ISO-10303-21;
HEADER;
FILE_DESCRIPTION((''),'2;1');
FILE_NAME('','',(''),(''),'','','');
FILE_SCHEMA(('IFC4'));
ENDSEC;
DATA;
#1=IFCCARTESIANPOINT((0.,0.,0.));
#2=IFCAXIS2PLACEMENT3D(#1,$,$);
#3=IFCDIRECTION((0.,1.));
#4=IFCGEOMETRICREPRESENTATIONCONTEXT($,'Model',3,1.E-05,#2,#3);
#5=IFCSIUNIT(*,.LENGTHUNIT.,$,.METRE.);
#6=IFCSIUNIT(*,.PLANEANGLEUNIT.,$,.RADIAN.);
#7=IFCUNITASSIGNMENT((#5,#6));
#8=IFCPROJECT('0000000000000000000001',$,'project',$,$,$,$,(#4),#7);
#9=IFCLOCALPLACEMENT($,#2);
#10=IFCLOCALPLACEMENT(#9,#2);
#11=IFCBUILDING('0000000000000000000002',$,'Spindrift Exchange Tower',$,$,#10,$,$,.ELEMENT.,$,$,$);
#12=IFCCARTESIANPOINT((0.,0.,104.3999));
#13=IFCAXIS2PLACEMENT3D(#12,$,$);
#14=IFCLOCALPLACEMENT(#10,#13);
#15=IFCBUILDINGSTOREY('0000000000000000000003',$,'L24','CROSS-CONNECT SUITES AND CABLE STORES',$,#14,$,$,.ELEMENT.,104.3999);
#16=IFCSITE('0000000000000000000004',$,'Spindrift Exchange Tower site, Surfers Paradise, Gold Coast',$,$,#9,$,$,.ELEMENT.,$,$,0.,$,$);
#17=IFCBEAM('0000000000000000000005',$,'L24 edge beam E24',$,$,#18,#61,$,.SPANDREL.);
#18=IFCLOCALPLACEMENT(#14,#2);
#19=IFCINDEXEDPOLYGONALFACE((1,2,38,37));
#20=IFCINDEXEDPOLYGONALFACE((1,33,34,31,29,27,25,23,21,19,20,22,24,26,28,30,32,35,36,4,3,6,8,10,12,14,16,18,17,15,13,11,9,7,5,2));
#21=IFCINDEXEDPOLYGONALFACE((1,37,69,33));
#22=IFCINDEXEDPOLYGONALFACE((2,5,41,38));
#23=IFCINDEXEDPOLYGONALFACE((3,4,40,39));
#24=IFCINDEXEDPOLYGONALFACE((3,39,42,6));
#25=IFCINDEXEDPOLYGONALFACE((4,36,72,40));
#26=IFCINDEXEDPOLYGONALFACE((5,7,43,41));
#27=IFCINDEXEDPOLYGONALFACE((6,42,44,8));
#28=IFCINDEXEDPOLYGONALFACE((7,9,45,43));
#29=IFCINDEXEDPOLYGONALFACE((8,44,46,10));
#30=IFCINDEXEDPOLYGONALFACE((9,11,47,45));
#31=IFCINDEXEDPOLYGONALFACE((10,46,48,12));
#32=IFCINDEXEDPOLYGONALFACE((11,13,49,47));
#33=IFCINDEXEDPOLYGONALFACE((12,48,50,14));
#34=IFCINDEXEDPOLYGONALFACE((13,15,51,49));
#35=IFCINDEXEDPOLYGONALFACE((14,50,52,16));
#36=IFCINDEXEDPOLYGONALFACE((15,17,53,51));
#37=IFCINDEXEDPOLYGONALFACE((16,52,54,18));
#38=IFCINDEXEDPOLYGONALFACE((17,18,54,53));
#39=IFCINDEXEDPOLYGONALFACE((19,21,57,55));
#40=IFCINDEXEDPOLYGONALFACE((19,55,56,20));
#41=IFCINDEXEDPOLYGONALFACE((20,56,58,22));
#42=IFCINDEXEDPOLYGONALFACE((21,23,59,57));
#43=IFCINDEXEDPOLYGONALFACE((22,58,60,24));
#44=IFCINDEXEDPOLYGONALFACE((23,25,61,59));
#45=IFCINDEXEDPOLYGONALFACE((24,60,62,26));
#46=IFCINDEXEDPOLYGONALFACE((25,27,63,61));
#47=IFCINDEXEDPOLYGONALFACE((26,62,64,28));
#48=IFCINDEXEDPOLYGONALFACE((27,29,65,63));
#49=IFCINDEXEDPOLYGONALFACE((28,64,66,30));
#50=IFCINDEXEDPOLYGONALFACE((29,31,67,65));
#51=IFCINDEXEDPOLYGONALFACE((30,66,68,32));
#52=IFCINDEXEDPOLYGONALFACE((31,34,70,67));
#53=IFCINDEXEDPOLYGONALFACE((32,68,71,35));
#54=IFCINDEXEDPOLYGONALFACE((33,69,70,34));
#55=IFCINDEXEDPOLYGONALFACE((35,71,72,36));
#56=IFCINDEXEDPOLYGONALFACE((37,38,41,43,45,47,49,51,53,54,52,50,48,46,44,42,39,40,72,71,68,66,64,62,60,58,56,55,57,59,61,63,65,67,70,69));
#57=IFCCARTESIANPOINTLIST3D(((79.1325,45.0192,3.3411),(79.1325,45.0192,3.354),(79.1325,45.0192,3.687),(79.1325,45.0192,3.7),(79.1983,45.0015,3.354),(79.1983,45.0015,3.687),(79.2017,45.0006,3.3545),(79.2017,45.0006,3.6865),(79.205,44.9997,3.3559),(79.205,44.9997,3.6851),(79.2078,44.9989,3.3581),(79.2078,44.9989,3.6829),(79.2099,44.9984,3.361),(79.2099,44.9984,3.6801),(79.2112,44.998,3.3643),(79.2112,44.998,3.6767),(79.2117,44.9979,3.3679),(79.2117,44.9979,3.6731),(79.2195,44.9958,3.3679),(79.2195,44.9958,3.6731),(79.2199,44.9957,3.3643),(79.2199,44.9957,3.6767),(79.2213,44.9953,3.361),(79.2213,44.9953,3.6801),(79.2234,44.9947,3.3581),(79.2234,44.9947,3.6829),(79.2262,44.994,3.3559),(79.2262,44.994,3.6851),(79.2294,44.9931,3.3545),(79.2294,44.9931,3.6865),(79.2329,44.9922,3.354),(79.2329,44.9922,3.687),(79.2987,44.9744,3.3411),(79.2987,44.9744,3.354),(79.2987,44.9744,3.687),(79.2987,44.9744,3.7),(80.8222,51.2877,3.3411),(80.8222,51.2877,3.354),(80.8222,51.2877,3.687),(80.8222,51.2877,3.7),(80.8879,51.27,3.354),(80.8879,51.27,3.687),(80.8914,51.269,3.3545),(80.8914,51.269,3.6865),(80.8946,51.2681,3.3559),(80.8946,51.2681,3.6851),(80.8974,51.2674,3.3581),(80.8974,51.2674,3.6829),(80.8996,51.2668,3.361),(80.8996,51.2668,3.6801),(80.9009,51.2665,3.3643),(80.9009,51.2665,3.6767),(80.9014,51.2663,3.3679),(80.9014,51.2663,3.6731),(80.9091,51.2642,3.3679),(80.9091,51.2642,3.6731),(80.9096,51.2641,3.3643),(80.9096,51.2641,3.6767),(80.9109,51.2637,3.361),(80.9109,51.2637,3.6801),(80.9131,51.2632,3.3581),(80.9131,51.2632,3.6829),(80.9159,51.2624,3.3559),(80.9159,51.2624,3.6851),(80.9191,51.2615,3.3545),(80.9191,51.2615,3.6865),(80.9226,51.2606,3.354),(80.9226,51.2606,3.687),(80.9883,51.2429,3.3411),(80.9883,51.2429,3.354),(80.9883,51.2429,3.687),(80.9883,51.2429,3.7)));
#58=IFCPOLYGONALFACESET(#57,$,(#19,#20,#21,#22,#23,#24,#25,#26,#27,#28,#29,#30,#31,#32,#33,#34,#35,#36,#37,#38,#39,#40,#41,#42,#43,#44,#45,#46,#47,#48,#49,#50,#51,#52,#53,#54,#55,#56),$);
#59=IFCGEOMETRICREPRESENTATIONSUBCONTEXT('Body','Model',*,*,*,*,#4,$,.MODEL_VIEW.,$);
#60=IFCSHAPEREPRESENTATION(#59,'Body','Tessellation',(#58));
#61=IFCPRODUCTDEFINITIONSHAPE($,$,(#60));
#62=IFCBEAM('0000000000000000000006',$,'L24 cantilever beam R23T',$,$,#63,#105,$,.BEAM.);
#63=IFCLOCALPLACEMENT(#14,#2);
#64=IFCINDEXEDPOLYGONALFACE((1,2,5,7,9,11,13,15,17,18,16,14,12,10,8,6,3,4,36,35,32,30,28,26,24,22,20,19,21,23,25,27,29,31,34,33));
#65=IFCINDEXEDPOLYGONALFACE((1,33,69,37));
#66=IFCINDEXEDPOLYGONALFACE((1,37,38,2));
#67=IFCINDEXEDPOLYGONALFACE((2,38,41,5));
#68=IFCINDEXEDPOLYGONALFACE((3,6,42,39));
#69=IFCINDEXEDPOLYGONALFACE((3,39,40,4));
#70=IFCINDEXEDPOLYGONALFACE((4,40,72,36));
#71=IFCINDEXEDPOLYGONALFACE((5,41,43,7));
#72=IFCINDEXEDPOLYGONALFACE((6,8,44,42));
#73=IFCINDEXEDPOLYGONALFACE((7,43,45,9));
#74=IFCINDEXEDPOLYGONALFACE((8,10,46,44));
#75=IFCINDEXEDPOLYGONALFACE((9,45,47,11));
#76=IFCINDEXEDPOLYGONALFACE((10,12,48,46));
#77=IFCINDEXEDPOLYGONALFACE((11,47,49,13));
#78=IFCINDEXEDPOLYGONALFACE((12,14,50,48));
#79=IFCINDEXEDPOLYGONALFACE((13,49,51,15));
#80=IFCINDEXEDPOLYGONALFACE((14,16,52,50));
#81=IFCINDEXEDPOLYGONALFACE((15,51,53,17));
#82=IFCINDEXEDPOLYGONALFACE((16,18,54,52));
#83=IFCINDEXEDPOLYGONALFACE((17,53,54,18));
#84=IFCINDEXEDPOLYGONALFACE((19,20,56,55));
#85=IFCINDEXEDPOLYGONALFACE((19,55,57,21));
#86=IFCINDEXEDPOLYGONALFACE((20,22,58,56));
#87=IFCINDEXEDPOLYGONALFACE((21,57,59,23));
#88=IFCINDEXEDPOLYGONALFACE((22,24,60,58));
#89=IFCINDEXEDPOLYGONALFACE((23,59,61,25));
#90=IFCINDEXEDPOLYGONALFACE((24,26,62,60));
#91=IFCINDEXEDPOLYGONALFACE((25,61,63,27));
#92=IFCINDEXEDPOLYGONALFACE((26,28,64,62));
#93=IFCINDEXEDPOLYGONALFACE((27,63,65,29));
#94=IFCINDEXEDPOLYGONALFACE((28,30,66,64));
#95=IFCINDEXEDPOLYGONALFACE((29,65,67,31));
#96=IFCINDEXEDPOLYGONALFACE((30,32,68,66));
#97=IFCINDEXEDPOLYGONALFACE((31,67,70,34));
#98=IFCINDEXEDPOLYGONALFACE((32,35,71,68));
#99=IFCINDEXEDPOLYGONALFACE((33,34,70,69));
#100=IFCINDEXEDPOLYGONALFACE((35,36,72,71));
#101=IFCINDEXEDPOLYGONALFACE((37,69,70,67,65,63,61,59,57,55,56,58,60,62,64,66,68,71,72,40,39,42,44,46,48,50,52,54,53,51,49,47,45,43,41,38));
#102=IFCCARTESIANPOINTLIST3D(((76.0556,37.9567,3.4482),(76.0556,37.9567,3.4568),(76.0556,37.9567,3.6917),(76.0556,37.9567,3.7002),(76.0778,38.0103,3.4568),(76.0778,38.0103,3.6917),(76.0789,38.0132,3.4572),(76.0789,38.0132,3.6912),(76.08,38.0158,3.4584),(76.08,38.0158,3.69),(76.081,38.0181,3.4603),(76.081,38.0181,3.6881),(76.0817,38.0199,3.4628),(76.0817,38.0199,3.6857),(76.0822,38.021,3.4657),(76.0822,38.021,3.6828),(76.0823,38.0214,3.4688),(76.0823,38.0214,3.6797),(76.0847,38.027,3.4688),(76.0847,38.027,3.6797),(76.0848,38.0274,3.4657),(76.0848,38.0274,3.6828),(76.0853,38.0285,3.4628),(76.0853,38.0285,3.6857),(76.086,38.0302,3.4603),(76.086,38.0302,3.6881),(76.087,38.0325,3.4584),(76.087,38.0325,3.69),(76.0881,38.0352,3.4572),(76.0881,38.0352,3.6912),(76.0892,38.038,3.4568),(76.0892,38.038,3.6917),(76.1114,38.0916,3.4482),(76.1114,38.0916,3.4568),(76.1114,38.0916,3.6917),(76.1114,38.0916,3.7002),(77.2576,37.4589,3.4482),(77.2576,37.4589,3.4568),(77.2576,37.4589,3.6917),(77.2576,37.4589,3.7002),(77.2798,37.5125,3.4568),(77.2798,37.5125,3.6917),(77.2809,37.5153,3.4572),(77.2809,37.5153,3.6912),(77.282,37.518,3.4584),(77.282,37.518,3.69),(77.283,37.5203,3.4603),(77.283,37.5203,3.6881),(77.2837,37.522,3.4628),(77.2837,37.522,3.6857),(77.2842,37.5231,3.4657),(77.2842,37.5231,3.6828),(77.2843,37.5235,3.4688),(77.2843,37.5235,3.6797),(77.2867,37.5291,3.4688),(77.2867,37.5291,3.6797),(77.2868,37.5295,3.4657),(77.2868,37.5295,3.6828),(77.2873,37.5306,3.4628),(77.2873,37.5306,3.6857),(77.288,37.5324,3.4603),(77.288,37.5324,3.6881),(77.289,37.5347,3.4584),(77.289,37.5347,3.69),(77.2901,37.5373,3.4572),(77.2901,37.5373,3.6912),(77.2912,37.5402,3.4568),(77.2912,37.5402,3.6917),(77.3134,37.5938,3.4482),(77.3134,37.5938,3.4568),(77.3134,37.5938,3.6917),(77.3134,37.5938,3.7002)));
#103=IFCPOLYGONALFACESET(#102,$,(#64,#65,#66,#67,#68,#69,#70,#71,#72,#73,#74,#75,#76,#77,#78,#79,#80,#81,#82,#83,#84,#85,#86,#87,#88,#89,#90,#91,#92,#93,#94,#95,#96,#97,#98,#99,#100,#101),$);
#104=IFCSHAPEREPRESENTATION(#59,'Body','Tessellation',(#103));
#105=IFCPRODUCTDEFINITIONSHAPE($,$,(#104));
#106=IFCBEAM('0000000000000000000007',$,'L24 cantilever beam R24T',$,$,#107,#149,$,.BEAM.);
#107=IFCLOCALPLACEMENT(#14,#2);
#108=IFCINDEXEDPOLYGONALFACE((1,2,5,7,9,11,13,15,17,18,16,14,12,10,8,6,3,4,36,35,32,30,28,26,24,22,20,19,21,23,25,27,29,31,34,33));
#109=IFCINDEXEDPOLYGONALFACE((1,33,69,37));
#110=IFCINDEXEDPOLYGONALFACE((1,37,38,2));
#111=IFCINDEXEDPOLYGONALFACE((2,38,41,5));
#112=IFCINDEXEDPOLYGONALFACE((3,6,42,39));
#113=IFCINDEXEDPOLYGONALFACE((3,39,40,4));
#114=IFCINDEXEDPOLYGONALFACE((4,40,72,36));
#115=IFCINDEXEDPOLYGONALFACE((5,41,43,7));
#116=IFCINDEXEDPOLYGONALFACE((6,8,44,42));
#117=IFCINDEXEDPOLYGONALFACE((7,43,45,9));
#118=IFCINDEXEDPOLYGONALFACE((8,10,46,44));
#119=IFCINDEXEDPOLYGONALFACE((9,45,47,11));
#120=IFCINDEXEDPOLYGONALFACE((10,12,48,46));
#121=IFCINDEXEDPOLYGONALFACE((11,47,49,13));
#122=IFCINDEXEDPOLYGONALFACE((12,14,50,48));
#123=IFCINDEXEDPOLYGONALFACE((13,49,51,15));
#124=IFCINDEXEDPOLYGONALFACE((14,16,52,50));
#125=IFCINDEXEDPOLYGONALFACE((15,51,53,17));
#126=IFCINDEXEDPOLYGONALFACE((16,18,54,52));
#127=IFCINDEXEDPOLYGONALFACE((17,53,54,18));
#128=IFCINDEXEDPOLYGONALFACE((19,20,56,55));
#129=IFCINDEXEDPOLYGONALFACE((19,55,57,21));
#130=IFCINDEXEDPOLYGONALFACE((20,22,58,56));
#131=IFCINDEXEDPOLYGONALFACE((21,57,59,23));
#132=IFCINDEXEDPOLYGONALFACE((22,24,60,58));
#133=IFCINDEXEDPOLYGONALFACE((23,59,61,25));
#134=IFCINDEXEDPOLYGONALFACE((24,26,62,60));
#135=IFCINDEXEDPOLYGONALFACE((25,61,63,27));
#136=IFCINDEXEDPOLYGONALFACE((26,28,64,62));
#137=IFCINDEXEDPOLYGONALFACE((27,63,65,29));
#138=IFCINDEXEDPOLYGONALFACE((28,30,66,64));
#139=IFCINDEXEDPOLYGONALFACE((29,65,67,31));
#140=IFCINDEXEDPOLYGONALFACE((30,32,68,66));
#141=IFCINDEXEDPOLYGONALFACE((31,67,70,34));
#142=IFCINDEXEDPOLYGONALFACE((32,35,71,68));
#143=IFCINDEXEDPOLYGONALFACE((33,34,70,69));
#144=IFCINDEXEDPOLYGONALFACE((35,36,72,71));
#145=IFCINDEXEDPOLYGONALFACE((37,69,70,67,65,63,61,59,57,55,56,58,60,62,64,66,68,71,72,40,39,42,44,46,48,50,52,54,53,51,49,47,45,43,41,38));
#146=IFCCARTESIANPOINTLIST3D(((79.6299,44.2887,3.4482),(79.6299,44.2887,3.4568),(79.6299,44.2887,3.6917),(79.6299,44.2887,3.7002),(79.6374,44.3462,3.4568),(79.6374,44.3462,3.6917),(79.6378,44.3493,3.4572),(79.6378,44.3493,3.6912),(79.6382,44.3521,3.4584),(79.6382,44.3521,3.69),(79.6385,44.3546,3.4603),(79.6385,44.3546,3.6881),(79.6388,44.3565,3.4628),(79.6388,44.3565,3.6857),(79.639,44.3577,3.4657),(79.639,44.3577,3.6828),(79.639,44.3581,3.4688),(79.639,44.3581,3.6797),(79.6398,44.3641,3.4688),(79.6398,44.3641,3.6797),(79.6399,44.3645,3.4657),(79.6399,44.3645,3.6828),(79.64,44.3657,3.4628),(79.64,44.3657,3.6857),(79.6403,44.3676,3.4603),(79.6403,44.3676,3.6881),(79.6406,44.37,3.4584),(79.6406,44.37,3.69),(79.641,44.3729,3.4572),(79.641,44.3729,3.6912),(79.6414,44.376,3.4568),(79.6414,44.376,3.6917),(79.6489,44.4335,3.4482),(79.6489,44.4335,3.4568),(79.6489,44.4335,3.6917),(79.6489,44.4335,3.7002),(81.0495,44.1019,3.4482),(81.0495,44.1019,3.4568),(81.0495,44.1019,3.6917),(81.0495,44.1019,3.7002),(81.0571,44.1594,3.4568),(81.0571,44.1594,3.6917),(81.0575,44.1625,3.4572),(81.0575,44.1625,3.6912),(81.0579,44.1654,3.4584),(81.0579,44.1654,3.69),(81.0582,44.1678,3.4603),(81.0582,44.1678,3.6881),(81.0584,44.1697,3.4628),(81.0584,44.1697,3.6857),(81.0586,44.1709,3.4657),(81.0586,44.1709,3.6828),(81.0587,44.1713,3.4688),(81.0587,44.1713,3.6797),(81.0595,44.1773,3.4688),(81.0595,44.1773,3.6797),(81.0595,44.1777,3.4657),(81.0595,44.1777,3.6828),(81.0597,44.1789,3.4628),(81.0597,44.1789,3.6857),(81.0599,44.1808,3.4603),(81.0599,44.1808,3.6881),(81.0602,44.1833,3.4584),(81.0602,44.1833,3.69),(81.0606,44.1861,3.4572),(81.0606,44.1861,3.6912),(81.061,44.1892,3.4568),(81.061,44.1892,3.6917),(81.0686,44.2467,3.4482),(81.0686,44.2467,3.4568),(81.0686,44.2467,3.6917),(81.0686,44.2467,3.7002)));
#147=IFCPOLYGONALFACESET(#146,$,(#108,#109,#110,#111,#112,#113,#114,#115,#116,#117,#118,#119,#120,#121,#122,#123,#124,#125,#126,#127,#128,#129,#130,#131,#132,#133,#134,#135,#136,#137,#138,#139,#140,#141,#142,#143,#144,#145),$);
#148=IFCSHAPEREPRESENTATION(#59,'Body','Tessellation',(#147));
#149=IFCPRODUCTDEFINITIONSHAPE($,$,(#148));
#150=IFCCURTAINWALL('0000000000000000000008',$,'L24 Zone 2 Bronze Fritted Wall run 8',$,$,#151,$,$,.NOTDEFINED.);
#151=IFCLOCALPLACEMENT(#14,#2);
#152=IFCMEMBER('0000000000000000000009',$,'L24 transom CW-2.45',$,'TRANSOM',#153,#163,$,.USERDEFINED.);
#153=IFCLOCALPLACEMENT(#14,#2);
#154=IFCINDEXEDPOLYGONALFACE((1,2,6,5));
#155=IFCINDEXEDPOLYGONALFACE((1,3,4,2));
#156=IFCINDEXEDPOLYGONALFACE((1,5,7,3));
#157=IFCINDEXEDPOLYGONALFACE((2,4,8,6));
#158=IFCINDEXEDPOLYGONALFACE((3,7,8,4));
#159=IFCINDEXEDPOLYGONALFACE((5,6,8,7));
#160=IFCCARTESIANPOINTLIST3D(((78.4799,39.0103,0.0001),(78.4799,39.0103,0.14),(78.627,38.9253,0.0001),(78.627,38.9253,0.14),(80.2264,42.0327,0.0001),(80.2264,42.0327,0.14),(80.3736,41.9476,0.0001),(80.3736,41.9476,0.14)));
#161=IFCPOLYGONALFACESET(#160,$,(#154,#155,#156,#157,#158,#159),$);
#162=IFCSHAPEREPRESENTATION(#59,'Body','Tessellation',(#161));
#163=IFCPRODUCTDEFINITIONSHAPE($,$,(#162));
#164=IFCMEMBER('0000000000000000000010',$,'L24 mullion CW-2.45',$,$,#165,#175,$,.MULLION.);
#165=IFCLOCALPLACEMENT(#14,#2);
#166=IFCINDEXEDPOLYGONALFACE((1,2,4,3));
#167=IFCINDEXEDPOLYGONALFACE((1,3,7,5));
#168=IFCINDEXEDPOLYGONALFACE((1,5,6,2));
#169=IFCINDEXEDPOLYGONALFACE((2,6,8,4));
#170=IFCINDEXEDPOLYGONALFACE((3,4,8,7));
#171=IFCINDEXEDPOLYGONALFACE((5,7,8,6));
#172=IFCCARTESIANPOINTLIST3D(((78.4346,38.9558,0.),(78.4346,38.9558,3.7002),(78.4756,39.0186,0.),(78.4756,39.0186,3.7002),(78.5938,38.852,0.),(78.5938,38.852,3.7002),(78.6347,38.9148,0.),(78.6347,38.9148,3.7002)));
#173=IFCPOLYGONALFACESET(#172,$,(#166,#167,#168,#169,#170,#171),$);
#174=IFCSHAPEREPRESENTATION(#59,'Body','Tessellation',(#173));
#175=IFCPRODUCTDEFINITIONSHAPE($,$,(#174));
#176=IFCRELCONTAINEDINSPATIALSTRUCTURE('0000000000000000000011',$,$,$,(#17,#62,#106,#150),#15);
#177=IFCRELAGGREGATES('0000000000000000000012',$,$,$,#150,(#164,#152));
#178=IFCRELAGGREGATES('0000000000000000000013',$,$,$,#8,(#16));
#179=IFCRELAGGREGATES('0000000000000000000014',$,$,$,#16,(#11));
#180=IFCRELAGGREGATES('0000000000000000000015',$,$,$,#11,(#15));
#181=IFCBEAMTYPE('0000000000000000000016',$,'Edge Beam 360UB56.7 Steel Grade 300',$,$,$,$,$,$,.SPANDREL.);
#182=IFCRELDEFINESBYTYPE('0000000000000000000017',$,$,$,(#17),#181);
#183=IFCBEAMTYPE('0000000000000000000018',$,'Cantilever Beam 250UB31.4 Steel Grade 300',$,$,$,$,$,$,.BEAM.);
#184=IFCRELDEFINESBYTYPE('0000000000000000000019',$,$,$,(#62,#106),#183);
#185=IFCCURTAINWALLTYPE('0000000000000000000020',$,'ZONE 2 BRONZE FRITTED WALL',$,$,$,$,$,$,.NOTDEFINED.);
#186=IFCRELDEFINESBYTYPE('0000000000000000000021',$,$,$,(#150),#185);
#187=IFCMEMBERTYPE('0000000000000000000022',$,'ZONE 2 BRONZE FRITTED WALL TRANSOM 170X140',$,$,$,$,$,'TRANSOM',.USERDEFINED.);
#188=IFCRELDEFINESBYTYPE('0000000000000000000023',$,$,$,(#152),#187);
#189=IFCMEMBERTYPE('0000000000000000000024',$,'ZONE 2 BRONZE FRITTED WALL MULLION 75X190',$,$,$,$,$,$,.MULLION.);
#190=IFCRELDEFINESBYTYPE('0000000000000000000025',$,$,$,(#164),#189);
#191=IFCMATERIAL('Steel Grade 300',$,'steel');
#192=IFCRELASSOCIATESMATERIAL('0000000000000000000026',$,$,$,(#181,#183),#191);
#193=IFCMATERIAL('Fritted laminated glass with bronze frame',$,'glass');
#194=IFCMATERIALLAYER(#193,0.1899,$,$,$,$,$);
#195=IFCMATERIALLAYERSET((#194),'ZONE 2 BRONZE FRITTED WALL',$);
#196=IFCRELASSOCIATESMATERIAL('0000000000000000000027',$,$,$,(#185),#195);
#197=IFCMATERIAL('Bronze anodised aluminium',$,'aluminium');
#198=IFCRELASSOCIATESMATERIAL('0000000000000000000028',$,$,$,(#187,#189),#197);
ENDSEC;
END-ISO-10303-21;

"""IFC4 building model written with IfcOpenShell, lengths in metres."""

from ifc_helpers import new_model, si_unit, direction, frame, origin, origin_2d, place, context, subcontext, project, spatial, rectangle, i_section, extrude, source, transform, mapped, material, layer, layer_set, material_profile, profile_set, type_object, element, aggregate, save


model = new_model("IFC4")

# Units and contexts
model_context = context("Model", 3, precision=1e-05, world=origin(), true_north=direction((0.0, 1.0)))
body_context = subcontext(model_context, "Body", "Model", "MODEL_VIEW")
ifc_project = project(units=[si_unit("LENGTHUNIT", "METRE"), si_unit("PLANEANGLEUNIT", "RADIAN")], contexts=[model_context])

# Site, building, storey
site_placement = place(None, origin())
site = spatial("IfcSite", under=ifc_project, at=site_placement, Name="Spindrift Exchange Tower site, Surfers Paradise, Gold Coast", CompositionType="ELEMENT", RefElevation=0.0)
building_placement = place(site_placement, origin())
building = spatial("IfcBuilding", under=site, at=building_placement, Name="Spindrift Exchange Tower", CompositionType="ELEMENT")
storey_placement = place(building_placement, frame((0.0, 0.0, 104.3999)))
storey = spatial("IfcBuildingStorey", under=building, at=storey_placement, Name="L24", Description="CROSS-CONNECT SUITES AND CABLE STORES", CompositionType="ELEMENT", Elevation=104.3999)

# Beams
ifc_material_1 = material(Name="Steel Grade 300", Category="steel")
ifc_material_profile_1 = material_profile(ifc_material_1, i_section(OverallWidth=0.1721, OverallDepth=0.3589, WebThickness=0.0081, FlangeThickness=0.0129, FilletRadius=0.0139, at=origin_2d()), Name="360UB56.7")
ifc_profile_set_1 = profile_set([ifc_material_profile_1], Name="Steel Grade 300")
beam_type_1 = type_object("IfcBeamType", Name="Edge Beam 360UB56.7 Steel Grade 300", PredefinedType="SPANDREL", material=ifc_profile_set_1)
shared_shape_1 = source(origin(), body_context, "Body", "SweptSolid", [
    extrude(i_section(OverallWidth=0.1721, OverallDepth=0.3589, WebThickness=0.0081, FlangeThickness=0.0129, FilletRadius=0.0139, at=origin_2d()), origin(), (0.0, 0.0, 1.0), 6.4922),
])
beam_1_placement = place(storey_placement, frame((79.2156, 44.9968, 3.5205), z_axis=(0.260262, 0.965538, 0.0), x_axis=(-0.965538, 0.260262, 0.0)))
element("IfcBeam", 1, at=beam_1_placement, inside=storey, type_object=beam_type_1, Name="L24 edge beam E24", PredefinedType="SPANDREL", context=body_context, shape_type="MappedRepresentation", body=[
    mapped(shared_shape_1, transform((0.0, 0.0, 0.0), scale=1.0)),
])
ifc_material_profile_2 = material_profile(ifc_material_1, i_section(OverallWidth=0.146, OverallDepth=0.252, WebThickness=0.0061, FlangeThickness=0.0085, FilletRadius=0.012, at=origin_2d()), Name="250UB31.4")
ifc_profile_set_2 = profile_set([ifc_material_profile_2], Name="Steel Grade 300")
beam_type_2 = type_object("IfcBeamType", Name="Cantilever Beam 250UB31.4 Steel Grade 300", PredefinedType="BEAM", material=ifc_profile_set_2)
shared_shape_2 = source(origin(), body_context, "Body", "SweptSolid", [
    extrude(i_section(OverallWidth=0.146, OverallDepth=0.252, WebThickness=0.0061, FlangeThickness=0.0085, FilletRadius=0.012, at=origin_2d()), origin(), (0.0, 0.0, 1.0), 1.301),
])
beam_2_placement = place(storey_placement, frame((76.0835, 38.0242, 3.5742), z_axis=(0.923891, -0.382656, 0.0), x_axis=(0.382656, 0.923891, 0.0)))
element("IfcBeam", 2, at=beam_2_placement, inside=storey, type_object=beam_type_2, Name="L24 cantilever beam R23T", PredefinedType="BEAM", context=body_context, shape_type="MappedRepresentation", body=[
    mapped(shared_shape_2, transform((0.0, 0.0, 0.0), scale=1.0)),
])
shared_shape_3 = source(origin(), body_context, "Body", "SweptSolid", [
    extrude(i_section(OverallWidth=0.146, OverallDepth=0.252, WebThickness=0.0061, FlangeThickness=0.0085, FilletRadius=0.012, at=origin_2d()), origin(), (0.0, 0.0, 1.0), 1.4319),
])
beam_3_placement = place(storey_placement, frame((79.6394, 44.3611, 3.5742), z_axis=(0.991457, -0.130432, 0.0), x_axis=(0.130432, 0.991457, 0.0)))
element("IfcBeam", 3, at=beam_3_placement, inside=storey, type_object=beam_type_2, Name="L24 cantilever beam R24T", PredefinedType="BEAM", context=body_context, shape_type="MappedRepresentation", body=[
    mapped(shared_shape_3, transform((0.0, 0.0, 0.0), scale=1.0)),
])

# Curtain wall, members
ifc_material_2 = material(Name="Fritted laminated glass with bronze frame", Category="glass")
ifc_layer_1 = layer(ifc_material_2, 0.1899)
ifc_layer_set_1 = layer_set([ifc_layer_1], Name="ZONE 2 BRONZE FRITTED WALL")
curtain_wall_type = type_object("IfcCurtainWallType", Name="ZONE 2 BRONZE FRITTED WALL", PredefinedType="NOTDEFINED", material=ifc_layer_set_1)
curtain_wall_placement = place(storey_placement, origin())
curtain_wall = element("IfcCurtainWall", 4, at=curtain_wall_placement, inside=storey, type_object=curtain_wall_type, Name="L24 Zone 2 Bronze Fritted Wall run 8", PredefinedType="NOTDEFINED")
ifc_material_3 = material(Name="Bronze anodised aluminium", Category="aluminium")
ifc_material_profile_3 = material_profile(ifc_material_3, rectangle(XDim=0.1699, YDim=0.1399, at=origin_2d()), Name="ZONE 2 BRONZE FRITTED WALL TRANSOM 170X140")
ifc_profile_set_3 = profile_set([ifc_material_profile_3], Name="Bronze anodised aluminium")
member_type_1 = type_object("IfcMemberType", Name="ZONE 2 BRONZE FRITTED WALL TRANSOM 170X140", ElementType="TRANSOM", PredefinedType="USERDEFINED", material=ifc_profile_set_3)
shared_shape_4 = source(origin(), body_context, "Body", "SweptSolid", [
    extrude(rectangle(XDim=0.1699, YDim=0.1399, at=origin_2d()), origin(), (0.0, 0.0, 1.0), 3.4907),
])
member_1_placement = place(storey_placement, frame((78.5535, 38.9678, 0.0701), z_axis=(0.500336, 0.865831, 0.0), x_axis=(-0.865831, 0.500336, 0.0)))
member_1 = element("IfcMember", 5, at=member_1_placement, type_object=member_type_1, Name="L24 transom CW-2.45", ObjectType="TRANSOM", PredefinedType="USERDEFINED", context=body_context, shape_type="MappedRepresentation", body=[
    mapped(shared_shape_4, transform((0.0, 0.0, 0.0), scale=1.0)),
])
ifc_material_profile_4 = material_profile(ifc_material_3, rectangle(XDim=0.075, YDim=0.1899, at=origin_2d()), Name="ZONE 2 BRONZE FRITTED WALL MULLION 75X190")
ifc_profile_set_4 = profile_set([ifc_material_profile_4], Name="Bronze anodised aluminium")
member_type_2 = type_object("IfcMemberType", Name="ZONE 2 BRONZE FRITTED WALL MULLION 75X190", PredefinedType="MULLION", material=ifc_profile_set_4)
shared_shape_5 = source(origin(), body_context, "Body", "SweptSolid", [
    extrude(rectangle(XDim=0.075, YDim=0.1899, at=origin_2d()), origin(), (0.0, 0.0, 1.0), 3.7002),
])
member_2_placement = place(storey_placement, frame((78.5347, 38.9353, 0.0), z_axis=(0.0, 0.0, 1.0), x_axis=(0.546033, 0.837764, 0.0)))
member_2 = element("IfcMember", 6, at=member_2_placement, type_object=member_type_2, Name="L24 mullion CW-2.45", PredefinedType="MULLION", context=body_context, shape_type="MappedRepresentation", body=[
    mapped(shared_shape_5, transform((0.0, 0.0, 0.0), scale=1.0)),
])
aggregate(curtain_wall, [member_2, member_1])

save(model, "model.ifc")
